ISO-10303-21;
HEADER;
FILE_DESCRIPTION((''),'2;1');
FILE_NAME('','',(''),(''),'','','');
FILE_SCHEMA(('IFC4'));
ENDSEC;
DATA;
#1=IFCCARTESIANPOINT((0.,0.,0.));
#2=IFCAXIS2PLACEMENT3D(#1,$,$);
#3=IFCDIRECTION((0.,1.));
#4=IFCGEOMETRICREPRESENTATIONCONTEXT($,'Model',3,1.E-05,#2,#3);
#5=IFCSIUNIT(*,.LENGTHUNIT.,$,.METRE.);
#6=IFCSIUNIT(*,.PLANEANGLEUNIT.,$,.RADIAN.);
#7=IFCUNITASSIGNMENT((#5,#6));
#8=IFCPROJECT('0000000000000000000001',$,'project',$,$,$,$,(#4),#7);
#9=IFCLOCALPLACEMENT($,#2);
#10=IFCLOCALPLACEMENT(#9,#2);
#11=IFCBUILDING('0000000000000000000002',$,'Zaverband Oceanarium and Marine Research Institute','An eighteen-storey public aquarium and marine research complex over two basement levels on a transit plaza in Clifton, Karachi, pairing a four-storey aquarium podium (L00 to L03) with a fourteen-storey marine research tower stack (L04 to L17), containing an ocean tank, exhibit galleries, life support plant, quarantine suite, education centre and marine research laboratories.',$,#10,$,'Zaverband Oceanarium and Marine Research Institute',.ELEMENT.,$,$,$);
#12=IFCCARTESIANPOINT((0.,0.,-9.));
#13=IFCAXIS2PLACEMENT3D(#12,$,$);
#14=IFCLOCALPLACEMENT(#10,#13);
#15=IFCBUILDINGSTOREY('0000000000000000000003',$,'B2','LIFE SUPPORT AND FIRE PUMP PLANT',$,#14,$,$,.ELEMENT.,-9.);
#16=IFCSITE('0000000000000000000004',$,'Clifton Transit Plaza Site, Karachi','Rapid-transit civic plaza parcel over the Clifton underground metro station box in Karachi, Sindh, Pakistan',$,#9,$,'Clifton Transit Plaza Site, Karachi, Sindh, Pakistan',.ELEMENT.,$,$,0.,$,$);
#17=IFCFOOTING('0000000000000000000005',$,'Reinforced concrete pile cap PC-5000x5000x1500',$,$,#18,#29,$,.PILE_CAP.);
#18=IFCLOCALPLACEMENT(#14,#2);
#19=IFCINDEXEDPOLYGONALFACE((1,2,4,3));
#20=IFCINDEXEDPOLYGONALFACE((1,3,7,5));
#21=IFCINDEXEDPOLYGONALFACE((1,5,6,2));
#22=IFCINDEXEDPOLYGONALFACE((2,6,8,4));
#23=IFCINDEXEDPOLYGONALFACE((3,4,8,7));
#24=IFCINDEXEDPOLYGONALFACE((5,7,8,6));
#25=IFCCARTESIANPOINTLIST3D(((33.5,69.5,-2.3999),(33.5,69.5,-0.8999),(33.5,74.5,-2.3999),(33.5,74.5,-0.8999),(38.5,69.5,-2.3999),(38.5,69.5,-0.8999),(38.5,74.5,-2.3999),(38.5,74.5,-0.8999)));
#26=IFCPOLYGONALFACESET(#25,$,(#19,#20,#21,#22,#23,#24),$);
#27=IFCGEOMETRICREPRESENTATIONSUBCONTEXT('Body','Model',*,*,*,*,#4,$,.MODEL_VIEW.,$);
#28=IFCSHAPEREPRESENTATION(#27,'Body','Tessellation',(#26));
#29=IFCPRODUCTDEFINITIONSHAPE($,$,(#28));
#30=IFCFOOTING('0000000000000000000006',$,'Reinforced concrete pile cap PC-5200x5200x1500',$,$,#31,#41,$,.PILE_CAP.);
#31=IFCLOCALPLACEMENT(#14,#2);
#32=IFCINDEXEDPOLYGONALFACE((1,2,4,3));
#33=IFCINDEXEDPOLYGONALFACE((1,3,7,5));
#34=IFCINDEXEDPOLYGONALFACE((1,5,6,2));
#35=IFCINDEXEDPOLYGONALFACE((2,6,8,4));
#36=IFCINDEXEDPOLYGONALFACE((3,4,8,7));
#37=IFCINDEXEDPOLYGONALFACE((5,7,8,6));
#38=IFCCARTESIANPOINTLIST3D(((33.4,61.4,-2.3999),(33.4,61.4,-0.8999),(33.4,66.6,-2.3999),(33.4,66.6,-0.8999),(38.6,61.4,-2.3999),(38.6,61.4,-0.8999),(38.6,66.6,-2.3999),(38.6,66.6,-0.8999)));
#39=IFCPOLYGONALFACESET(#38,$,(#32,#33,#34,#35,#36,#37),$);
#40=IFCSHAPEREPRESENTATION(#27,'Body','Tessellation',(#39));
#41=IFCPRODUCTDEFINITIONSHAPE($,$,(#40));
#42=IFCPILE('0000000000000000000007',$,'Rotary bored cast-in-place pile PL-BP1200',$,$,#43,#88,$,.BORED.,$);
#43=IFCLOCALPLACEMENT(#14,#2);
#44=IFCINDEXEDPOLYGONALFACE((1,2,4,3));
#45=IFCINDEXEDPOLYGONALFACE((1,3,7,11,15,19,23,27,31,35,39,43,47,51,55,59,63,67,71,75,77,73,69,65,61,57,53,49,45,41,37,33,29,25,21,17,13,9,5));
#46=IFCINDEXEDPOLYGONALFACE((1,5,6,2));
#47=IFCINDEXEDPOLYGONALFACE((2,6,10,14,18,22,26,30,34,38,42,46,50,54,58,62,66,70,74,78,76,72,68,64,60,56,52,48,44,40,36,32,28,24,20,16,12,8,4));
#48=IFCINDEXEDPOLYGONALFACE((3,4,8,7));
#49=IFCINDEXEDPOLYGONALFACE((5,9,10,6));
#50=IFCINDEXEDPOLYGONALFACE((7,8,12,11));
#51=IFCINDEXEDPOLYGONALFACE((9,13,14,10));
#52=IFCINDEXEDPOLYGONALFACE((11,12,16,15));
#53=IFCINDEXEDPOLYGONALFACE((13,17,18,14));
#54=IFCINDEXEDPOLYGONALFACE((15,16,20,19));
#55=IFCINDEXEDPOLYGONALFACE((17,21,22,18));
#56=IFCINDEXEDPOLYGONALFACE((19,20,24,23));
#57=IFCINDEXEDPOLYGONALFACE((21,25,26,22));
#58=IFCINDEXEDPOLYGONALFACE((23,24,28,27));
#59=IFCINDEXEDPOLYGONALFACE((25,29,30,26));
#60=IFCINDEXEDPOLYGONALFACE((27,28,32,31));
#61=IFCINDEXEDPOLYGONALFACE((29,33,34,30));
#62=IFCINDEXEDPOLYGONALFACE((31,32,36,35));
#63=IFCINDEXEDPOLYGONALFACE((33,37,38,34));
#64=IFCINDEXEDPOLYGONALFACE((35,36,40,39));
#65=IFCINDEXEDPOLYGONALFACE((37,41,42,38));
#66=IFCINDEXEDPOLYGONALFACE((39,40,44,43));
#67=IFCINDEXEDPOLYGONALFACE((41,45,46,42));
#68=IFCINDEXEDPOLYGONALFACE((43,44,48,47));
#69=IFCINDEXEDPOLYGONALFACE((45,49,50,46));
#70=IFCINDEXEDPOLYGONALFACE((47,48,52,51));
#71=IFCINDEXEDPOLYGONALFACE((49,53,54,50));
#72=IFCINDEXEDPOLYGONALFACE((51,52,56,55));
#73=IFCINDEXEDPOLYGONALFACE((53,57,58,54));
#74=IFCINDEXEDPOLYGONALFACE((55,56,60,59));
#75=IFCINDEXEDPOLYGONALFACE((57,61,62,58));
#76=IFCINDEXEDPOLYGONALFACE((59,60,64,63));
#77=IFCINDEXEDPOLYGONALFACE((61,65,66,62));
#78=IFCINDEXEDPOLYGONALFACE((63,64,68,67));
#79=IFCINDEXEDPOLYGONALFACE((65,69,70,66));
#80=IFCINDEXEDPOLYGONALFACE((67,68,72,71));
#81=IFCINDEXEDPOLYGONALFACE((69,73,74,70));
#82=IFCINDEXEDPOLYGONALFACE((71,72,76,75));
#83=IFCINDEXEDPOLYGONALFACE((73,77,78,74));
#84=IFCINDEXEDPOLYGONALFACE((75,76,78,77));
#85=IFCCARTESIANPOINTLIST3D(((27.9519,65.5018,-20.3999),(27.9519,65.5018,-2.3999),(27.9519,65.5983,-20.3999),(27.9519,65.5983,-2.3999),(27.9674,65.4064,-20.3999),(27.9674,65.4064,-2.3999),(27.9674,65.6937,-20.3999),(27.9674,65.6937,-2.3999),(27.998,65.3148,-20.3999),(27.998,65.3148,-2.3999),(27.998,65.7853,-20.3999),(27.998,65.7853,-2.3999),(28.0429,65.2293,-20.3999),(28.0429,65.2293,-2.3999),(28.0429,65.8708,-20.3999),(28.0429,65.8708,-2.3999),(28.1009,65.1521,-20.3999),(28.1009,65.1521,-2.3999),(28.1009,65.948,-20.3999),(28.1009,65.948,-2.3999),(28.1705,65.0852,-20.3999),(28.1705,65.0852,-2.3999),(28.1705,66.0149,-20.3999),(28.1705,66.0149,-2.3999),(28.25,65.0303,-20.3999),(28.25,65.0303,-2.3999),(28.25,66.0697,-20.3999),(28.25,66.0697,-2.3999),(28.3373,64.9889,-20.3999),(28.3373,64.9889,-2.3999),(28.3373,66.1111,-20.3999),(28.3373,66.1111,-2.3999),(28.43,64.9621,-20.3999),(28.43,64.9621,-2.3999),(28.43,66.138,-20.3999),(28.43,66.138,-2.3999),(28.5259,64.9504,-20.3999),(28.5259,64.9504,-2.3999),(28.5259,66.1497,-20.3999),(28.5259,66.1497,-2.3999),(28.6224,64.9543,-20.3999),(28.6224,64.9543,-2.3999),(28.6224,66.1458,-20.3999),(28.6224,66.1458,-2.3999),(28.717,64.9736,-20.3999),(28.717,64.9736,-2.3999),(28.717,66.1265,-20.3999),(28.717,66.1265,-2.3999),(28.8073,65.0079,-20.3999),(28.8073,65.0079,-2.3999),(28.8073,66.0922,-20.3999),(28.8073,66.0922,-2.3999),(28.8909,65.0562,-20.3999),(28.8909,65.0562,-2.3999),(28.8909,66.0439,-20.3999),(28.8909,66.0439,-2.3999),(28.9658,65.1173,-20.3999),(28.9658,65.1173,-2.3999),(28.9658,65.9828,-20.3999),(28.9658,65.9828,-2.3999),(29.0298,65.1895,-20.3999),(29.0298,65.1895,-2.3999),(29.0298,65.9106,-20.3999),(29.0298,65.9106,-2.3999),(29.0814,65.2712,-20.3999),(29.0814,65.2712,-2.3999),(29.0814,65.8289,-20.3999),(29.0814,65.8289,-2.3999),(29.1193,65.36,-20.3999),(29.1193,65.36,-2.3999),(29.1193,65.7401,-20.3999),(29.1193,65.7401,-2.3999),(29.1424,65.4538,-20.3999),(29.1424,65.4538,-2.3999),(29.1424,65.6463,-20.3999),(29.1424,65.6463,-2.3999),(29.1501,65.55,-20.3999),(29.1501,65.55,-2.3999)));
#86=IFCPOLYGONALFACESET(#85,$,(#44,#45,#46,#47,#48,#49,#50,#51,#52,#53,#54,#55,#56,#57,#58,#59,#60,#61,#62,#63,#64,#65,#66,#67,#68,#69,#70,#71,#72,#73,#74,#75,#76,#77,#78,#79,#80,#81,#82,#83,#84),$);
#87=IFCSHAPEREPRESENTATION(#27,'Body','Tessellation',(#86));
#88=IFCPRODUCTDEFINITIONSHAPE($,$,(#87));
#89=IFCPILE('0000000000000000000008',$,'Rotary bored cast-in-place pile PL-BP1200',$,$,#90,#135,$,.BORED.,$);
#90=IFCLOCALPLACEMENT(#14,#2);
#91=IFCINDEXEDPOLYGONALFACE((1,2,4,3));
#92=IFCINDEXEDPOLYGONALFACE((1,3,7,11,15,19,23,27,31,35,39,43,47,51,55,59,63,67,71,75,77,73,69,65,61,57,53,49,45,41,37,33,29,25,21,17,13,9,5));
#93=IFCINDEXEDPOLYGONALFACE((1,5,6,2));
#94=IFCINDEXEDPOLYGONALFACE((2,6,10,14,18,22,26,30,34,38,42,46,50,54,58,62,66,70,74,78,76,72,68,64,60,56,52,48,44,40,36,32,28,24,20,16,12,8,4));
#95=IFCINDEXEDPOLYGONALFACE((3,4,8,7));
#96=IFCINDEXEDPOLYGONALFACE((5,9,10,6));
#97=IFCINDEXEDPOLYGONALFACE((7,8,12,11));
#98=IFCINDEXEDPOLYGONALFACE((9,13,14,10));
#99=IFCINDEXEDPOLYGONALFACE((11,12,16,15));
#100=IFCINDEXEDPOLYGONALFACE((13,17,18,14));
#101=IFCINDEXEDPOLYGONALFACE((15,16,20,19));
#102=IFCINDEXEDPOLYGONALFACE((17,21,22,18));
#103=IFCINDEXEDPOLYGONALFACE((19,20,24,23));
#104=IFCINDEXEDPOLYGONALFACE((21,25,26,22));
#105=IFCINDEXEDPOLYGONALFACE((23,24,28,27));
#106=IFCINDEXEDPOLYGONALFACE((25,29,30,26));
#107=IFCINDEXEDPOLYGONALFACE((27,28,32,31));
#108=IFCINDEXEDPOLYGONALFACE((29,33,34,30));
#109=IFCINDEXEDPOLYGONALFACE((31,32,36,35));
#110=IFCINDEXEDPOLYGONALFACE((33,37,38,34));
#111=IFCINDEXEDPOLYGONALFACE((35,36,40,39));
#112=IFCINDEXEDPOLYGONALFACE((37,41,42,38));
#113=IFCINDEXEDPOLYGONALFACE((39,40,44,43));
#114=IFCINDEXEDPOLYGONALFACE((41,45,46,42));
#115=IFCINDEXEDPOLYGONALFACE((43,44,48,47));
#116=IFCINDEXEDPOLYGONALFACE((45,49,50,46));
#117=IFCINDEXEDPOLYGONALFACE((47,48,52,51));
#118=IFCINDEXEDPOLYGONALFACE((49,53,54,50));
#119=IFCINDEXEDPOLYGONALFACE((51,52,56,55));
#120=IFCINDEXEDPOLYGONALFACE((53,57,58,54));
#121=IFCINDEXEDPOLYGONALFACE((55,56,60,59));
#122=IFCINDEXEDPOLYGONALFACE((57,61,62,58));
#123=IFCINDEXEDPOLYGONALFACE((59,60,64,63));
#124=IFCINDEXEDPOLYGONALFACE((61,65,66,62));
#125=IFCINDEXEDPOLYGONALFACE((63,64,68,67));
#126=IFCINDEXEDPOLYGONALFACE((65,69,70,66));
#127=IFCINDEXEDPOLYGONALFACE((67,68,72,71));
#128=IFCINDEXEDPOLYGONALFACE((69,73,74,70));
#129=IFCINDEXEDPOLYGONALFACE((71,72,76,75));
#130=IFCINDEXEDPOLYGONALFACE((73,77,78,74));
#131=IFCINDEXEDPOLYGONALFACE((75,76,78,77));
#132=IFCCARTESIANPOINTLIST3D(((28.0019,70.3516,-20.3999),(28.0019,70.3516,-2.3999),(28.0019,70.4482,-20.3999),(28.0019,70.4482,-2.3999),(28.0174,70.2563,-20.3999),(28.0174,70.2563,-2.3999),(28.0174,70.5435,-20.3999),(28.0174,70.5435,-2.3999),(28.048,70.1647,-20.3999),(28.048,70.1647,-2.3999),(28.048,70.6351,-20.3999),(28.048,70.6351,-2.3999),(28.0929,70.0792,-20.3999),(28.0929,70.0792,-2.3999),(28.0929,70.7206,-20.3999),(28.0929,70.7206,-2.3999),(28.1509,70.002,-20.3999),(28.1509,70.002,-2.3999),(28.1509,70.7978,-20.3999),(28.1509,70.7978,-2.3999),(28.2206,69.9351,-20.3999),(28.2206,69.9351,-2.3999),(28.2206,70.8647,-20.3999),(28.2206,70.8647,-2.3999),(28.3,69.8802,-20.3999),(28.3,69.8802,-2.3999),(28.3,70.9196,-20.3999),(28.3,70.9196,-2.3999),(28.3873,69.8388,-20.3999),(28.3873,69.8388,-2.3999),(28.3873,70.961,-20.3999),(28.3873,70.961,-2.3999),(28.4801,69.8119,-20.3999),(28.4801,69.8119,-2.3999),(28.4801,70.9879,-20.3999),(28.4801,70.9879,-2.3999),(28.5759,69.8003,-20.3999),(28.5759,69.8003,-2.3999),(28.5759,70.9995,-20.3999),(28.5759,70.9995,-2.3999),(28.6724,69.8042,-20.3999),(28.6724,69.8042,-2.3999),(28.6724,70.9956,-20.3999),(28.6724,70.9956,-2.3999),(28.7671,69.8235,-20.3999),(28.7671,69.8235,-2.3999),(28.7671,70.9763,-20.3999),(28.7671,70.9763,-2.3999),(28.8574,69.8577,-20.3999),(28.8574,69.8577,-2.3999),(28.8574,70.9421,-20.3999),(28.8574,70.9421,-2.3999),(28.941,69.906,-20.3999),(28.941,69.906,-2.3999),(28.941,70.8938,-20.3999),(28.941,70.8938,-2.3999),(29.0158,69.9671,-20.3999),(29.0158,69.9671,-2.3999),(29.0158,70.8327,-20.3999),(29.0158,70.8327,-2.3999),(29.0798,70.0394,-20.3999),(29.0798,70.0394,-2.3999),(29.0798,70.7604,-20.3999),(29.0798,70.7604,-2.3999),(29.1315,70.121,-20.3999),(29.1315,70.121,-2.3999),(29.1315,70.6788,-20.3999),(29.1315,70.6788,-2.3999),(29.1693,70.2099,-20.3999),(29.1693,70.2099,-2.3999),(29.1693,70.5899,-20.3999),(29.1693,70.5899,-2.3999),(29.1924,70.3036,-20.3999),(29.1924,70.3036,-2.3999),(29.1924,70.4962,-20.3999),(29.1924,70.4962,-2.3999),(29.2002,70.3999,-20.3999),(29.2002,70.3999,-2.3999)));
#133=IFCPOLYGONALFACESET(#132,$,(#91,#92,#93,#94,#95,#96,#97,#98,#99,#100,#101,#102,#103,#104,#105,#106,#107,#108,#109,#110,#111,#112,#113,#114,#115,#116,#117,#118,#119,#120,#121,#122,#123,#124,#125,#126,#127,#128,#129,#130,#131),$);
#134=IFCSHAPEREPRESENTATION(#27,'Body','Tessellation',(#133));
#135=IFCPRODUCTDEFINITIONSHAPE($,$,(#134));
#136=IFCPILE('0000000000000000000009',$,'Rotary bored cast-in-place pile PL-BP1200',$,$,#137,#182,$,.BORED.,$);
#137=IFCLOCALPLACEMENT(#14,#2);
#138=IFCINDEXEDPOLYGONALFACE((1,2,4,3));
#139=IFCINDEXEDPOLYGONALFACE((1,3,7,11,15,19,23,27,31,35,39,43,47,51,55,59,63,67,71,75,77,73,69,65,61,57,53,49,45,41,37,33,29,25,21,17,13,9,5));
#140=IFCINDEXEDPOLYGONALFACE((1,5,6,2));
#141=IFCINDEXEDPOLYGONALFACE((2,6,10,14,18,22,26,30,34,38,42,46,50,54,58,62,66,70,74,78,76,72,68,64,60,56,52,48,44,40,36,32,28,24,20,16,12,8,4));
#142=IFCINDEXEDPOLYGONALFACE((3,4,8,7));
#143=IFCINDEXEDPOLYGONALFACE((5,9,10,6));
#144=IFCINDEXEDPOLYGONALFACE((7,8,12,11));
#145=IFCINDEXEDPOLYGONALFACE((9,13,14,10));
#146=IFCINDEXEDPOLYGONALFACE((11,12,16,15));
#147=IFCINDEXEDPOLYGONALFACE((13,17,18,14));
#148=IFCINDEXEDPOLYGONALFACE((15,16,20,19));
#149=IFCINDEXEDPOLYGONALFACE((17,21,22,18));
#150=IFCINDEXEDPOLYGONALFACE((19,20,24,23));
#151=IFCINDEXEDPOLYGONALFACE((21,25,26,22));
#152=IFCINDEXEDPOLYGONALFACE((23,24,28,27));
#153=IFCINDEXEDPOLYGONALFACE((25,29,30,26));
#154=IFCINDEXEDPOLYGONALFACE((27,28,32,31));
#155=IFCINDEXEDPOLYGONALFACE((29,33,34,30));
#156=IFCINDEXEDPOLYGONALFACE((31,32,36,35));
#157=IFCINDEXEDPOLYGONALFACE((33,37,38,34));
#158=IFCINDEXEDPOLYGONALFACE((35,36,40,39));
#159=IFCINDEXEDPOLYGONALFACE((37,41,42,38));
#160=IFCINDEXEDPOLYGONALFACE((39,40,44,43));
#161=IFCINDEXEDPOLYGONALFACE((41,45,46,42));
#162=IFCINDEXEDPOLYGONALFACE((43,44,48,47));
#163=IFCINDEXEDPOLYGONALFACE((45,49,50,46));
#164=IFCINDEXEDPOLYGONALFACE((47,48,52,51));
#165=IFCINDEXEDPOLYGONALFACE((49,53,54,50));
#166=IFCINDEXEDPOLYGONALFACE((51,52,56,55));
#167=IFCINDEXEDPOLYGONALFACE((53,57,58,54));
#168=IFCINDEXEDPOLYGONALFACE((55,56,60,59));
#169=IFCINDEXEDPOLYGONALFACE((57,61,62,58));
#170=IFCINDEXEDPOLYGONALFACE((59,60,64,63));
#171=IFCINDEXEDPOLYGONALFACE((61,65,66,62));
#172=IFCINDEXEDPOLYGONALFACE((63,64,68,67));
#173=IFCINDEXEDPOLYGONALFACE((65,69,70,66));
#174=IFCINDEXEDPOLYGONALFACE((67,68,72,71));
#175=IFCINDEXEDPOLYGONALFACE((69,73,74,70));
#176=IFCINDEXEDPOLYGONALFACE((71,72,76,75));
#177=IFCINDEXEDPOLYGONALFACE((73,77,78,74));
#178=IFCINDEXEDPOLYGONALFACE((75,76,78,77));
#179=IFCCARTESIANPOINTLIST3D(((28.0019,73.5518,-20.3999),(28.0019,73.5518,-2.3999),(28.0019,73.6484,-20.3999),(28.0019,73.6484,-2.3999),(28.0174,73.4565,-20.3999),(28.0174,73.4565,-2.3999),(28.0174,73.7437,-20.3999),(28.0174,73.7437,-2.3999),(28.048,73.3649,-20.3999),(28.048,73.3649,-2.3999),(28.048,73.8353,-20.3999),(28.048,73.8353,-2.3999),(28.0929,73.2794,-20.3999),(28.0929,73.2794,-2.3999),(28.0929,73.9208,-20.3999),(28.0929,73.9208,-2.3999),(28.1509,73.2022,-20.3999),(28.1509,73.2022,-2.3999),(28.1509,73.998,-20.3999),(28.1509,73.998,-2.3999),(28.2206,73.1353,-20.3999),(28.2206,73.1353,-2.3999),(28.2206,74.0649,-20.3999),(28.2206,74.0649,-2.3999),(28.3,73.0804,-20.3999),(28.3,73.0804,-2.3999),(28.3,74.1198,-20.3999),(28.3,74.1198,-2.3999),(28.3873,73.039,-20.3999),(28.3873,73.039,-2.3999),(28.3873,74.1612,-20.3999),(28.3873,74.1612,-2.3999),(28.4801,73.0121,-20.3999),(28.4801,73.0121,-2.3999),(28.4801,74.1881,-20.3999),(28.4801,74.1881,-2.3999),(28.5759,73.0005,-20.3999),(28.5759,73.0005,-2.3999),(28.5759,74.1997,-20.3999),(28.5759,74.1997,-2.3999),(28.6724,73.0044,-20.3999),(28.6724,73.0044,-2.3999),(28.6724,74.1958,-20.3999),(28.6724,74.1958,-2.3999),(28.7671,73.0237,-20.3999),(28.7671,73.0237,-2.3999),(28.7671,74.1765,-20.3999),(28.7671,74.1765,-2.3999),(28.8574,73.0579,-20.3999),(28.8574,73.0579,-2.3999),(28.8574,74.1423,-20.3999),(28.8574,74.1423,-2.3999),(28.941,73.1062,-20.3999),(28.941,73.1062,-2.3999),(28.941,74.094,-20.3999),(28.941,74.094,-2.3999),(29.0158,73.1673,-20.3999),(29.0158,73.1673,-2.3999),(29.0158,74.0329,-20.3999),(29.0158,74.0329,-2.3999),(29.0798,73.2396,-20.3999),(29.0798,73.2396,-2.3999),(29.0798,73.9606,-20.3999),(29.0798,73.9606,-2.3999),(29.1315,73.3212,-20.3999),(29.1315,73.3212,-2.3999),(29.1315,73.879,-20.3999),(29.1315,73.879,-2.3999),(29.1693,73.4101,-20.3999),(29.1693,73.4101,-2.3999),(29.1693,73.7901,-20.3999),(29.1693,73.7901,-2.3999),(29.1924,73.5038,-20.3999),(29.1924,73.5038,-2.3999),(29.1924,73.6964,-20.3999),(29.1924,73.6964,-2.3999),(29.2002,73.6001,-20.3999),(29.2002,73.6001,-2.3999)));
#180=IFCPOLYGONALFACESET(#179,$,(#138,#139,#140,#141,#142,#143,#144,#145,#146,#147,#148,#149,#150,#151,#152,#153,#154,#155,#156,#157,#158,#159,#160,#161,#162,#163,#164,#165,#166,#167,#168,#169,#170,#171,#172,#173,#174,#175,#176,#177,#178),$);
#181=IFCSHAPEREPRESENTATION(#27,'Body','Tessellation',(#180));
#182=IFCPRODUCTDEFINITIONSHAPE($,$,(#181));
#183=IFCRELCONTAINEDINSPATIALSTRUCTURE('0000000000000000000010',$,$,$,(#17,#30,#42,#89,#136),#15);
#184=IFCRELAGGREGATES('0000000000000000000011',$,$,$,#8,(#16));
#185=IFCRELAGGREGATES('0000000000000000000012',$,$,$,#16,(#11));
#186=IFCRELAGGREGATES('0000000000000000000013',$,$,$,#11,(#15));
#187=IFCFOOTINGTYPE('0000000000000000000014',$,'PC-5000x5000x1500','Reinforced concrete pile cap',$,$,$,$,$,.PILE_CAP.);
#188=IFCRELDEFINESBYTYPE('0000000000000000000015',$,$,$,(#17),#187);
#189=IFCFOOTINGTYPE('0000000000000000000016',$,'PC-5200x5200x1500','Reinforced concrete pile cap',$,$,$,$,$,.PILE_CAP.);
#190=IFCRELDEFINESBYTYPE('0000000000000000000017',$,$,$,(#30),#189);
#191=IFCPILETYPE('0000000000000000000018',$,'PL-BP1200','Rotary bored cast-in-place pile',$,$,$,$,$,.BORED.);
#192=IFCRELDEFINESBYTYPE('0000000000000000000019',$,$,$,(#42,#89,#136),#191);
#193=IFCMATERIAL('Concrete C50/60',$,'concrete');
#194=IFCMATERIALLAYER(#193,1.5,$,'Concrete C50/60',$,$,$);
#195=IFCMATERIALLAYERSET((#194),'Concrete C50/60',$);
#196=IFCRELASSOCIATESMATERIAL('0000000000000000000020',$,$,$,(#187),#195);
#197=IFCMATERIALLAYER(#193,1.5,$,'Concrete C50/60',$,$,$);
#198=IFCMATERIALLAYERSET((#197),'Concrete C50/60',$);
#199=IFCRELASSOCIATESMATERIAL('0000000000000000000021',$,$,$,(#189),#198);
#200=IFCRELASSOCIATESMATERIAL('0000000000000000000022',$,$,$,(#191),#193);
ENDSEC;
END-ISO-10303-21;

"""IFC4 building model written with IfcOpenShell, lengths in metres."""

from ifc_helpers import new_model, si_unit, direction, frame, origin, origin_2d, place, context, subcontext, project, spatial, rectangle, circle, extrude, material, layer, layer_set, material_profile, profile_set, type_object, element, save


model = new_model("IFC4")

# Units and contexts
model_context = context("Model", 3, precision=1e-05, world=origin(), true_north=direction((0.0, 1.0)))
body_context = subcontext(model_context, "Body", "Model", "MODEL_VIEW")
ifc_project = project(units=[si_unit("LENGTHUNIT", "METRE"), si_unit("PLANEANGLEUNIT", "RADIAN")], contexts=[model_context])

# Site, building, storey
site_placement = place(None, origin())
site = spatial("IfcSite", under=ifc_project, at=site_placement, Name="Clifton Transit Plaza Site, Karachi", Description="Rapid-transit civic plaza parcel over the Clifton underground metro station box in Karachi, Sindh, Pakistan", LongName="Clifton Transit Plaza Site, Karachi, Sindh, Pakistan", CompositionType="ELEMENT", RefElevation=0.0)
building_placement = place(site_placement, origin())
building = spatial("IfcBuilding", under=site, at=building_placement, Name="Zaverband Oceanarium and Marine Research Institute", Description="An eighteen-storey public aquarium and marine research complex over two basement levels on a transit plaza in Clifton, Karachi, pairing a four-storey aquarium podium (L00 to L03) with a fourteen-storey marine research tower stack (L04 to L17), containing an ocean tank, exhibit galleries, life support plant, quarantine suite, education centre and marine research laboratories.", LongName="Zaverband Oceanarium and Marine Research Institute", CompositionType="ELEMENT")
storey_placement = place(building_placement, frame((0.0, 0.0, -9.0)))
storey = spatial("IfcBuildingStorey", under=building, at=storey_placement, Name="B2", Description="LIFE SUPPORT AND FIRE PUMP PLANT", CompositionType="ELEMENT", Elevation=-9.0)

# Footings
ifc_material_1 = material(Name="Concrete C50/60", Category="concrete")
ifc_layer_1 = layer(ifc_material_1, 1.5, Name="Concrete C50/60")
ifc_layer_set_1 = layer_set([ifc_layer_1], Name="Concrete C50/60")
footing_type_1 = type_object("IfcFootingType", Name="PC-5000x5000x1500", Description="Reinforced concrete pile cap", PredefinedType="PILE_CAP", material=ifc_layer_set_1)
footing_1_placement = place(storey_placement, frame((36.0, 72.0, -2.3999), z_axis=(0.0, 0.0, 1.0), x_axis=(1.0, 0.0, 0.0)))
element("IfcFooting", 1, at=footing_1_placement, inside=storey, type_object=footing_type_1, Name="Reinforced concrete pile cap PC-5000x5000x1500", PredefinedType="PILE_CAP", context=body_context, shape_type="SweptSolid", body=[
    extrude(rectangle(XDim=5.0, YDim=5.0, at=origin_2d()), origin(), (0.0, 0.0, 1.0), 1.5),
])
ifc_layer_2 = layer(ifc_material_1, 1.5, Name="Concrete C50/60")
ifc_layer_set_2 = layer_set([ifc_layer_2], Name="Concrete C50/60")
footing_type_2 = type_object("IfcFootingType", Name="PC-5200x5200x1500", Description="Reinforced concrete pile cap", PredefinedType="PILE_CAP", material=ifc_layer_set_2)
footing_2_placement = place(storey_placement, frame((36.0, 64.0, -2.3999), z_axis=(0.0, 0.0, 1.0), x_axis=(1.0, 0.0, 0.0)))
element("IfcFooting", 2, at=footing_2_placement, inside=storey, type_object=footing_type_2, Name="Reinforced concrete pile cap PC-5200x5200x1500", PredefinedType="PILE_CAP", context=body_context, shape_type="SweptSolid", body=[
    extrude(rectangle(XDim=5.2, YDim=5.2, at=origin_2d()), origin(), (0.0, 0.0, 1.0), 1.5),
])

# Piles
ifc_material_profile_1 = material_profile(ifc_material_1, circle(Radius=0.6001, at=origin_2d()), Name="BP1200")
ifc_profile_set_1 = profile_set([ifc_material_profile_1], Name="Concrete C50/60")
pile_type = type_object("IfcPileType", Name="PL-BP1200", Description="Rotary bored cast-in-place pile", PredefinedType="BORED", material=ifc_profile_set_1)
for number, where, z_axis, x_axis, name in (
    (3, (28.55, 65.55, -2.3999), (0.0, 0.0, -1.0), (1.0, 0.0, 0.0), "Rotary bored cast-in-place pile PL-BP1200"),
    (4, (28.6001, 70.3999, -2.3999), (0.0, 0.0, -1.0), (1.0, 0.0, 0.0), "Rotary bored cast-in-place pile PL-BP1200"),
    (5, (28.6001, 73.6001, -2.3999), (0.0, 0.0, -1.0), (1.0, 0.0, 0.0), "Rotary bored cast-in-place pile PL-BP1200"),
):
    element("IfcPile", number, at=place(storey_placement, frame(where, z_axis=z_axis, x_axis=x_axis)), inside=storey, type_object=pile_type, Name=name, PredefinedType="BORED", context=body_context, shape_type="SweptSolid", body=[
        extrude(circle(Radius=0.6001, at=origin_2d()), origin(), (0.0, 0.0, 1.0), 18.0),
    ])

save(model, "model.ifc")
